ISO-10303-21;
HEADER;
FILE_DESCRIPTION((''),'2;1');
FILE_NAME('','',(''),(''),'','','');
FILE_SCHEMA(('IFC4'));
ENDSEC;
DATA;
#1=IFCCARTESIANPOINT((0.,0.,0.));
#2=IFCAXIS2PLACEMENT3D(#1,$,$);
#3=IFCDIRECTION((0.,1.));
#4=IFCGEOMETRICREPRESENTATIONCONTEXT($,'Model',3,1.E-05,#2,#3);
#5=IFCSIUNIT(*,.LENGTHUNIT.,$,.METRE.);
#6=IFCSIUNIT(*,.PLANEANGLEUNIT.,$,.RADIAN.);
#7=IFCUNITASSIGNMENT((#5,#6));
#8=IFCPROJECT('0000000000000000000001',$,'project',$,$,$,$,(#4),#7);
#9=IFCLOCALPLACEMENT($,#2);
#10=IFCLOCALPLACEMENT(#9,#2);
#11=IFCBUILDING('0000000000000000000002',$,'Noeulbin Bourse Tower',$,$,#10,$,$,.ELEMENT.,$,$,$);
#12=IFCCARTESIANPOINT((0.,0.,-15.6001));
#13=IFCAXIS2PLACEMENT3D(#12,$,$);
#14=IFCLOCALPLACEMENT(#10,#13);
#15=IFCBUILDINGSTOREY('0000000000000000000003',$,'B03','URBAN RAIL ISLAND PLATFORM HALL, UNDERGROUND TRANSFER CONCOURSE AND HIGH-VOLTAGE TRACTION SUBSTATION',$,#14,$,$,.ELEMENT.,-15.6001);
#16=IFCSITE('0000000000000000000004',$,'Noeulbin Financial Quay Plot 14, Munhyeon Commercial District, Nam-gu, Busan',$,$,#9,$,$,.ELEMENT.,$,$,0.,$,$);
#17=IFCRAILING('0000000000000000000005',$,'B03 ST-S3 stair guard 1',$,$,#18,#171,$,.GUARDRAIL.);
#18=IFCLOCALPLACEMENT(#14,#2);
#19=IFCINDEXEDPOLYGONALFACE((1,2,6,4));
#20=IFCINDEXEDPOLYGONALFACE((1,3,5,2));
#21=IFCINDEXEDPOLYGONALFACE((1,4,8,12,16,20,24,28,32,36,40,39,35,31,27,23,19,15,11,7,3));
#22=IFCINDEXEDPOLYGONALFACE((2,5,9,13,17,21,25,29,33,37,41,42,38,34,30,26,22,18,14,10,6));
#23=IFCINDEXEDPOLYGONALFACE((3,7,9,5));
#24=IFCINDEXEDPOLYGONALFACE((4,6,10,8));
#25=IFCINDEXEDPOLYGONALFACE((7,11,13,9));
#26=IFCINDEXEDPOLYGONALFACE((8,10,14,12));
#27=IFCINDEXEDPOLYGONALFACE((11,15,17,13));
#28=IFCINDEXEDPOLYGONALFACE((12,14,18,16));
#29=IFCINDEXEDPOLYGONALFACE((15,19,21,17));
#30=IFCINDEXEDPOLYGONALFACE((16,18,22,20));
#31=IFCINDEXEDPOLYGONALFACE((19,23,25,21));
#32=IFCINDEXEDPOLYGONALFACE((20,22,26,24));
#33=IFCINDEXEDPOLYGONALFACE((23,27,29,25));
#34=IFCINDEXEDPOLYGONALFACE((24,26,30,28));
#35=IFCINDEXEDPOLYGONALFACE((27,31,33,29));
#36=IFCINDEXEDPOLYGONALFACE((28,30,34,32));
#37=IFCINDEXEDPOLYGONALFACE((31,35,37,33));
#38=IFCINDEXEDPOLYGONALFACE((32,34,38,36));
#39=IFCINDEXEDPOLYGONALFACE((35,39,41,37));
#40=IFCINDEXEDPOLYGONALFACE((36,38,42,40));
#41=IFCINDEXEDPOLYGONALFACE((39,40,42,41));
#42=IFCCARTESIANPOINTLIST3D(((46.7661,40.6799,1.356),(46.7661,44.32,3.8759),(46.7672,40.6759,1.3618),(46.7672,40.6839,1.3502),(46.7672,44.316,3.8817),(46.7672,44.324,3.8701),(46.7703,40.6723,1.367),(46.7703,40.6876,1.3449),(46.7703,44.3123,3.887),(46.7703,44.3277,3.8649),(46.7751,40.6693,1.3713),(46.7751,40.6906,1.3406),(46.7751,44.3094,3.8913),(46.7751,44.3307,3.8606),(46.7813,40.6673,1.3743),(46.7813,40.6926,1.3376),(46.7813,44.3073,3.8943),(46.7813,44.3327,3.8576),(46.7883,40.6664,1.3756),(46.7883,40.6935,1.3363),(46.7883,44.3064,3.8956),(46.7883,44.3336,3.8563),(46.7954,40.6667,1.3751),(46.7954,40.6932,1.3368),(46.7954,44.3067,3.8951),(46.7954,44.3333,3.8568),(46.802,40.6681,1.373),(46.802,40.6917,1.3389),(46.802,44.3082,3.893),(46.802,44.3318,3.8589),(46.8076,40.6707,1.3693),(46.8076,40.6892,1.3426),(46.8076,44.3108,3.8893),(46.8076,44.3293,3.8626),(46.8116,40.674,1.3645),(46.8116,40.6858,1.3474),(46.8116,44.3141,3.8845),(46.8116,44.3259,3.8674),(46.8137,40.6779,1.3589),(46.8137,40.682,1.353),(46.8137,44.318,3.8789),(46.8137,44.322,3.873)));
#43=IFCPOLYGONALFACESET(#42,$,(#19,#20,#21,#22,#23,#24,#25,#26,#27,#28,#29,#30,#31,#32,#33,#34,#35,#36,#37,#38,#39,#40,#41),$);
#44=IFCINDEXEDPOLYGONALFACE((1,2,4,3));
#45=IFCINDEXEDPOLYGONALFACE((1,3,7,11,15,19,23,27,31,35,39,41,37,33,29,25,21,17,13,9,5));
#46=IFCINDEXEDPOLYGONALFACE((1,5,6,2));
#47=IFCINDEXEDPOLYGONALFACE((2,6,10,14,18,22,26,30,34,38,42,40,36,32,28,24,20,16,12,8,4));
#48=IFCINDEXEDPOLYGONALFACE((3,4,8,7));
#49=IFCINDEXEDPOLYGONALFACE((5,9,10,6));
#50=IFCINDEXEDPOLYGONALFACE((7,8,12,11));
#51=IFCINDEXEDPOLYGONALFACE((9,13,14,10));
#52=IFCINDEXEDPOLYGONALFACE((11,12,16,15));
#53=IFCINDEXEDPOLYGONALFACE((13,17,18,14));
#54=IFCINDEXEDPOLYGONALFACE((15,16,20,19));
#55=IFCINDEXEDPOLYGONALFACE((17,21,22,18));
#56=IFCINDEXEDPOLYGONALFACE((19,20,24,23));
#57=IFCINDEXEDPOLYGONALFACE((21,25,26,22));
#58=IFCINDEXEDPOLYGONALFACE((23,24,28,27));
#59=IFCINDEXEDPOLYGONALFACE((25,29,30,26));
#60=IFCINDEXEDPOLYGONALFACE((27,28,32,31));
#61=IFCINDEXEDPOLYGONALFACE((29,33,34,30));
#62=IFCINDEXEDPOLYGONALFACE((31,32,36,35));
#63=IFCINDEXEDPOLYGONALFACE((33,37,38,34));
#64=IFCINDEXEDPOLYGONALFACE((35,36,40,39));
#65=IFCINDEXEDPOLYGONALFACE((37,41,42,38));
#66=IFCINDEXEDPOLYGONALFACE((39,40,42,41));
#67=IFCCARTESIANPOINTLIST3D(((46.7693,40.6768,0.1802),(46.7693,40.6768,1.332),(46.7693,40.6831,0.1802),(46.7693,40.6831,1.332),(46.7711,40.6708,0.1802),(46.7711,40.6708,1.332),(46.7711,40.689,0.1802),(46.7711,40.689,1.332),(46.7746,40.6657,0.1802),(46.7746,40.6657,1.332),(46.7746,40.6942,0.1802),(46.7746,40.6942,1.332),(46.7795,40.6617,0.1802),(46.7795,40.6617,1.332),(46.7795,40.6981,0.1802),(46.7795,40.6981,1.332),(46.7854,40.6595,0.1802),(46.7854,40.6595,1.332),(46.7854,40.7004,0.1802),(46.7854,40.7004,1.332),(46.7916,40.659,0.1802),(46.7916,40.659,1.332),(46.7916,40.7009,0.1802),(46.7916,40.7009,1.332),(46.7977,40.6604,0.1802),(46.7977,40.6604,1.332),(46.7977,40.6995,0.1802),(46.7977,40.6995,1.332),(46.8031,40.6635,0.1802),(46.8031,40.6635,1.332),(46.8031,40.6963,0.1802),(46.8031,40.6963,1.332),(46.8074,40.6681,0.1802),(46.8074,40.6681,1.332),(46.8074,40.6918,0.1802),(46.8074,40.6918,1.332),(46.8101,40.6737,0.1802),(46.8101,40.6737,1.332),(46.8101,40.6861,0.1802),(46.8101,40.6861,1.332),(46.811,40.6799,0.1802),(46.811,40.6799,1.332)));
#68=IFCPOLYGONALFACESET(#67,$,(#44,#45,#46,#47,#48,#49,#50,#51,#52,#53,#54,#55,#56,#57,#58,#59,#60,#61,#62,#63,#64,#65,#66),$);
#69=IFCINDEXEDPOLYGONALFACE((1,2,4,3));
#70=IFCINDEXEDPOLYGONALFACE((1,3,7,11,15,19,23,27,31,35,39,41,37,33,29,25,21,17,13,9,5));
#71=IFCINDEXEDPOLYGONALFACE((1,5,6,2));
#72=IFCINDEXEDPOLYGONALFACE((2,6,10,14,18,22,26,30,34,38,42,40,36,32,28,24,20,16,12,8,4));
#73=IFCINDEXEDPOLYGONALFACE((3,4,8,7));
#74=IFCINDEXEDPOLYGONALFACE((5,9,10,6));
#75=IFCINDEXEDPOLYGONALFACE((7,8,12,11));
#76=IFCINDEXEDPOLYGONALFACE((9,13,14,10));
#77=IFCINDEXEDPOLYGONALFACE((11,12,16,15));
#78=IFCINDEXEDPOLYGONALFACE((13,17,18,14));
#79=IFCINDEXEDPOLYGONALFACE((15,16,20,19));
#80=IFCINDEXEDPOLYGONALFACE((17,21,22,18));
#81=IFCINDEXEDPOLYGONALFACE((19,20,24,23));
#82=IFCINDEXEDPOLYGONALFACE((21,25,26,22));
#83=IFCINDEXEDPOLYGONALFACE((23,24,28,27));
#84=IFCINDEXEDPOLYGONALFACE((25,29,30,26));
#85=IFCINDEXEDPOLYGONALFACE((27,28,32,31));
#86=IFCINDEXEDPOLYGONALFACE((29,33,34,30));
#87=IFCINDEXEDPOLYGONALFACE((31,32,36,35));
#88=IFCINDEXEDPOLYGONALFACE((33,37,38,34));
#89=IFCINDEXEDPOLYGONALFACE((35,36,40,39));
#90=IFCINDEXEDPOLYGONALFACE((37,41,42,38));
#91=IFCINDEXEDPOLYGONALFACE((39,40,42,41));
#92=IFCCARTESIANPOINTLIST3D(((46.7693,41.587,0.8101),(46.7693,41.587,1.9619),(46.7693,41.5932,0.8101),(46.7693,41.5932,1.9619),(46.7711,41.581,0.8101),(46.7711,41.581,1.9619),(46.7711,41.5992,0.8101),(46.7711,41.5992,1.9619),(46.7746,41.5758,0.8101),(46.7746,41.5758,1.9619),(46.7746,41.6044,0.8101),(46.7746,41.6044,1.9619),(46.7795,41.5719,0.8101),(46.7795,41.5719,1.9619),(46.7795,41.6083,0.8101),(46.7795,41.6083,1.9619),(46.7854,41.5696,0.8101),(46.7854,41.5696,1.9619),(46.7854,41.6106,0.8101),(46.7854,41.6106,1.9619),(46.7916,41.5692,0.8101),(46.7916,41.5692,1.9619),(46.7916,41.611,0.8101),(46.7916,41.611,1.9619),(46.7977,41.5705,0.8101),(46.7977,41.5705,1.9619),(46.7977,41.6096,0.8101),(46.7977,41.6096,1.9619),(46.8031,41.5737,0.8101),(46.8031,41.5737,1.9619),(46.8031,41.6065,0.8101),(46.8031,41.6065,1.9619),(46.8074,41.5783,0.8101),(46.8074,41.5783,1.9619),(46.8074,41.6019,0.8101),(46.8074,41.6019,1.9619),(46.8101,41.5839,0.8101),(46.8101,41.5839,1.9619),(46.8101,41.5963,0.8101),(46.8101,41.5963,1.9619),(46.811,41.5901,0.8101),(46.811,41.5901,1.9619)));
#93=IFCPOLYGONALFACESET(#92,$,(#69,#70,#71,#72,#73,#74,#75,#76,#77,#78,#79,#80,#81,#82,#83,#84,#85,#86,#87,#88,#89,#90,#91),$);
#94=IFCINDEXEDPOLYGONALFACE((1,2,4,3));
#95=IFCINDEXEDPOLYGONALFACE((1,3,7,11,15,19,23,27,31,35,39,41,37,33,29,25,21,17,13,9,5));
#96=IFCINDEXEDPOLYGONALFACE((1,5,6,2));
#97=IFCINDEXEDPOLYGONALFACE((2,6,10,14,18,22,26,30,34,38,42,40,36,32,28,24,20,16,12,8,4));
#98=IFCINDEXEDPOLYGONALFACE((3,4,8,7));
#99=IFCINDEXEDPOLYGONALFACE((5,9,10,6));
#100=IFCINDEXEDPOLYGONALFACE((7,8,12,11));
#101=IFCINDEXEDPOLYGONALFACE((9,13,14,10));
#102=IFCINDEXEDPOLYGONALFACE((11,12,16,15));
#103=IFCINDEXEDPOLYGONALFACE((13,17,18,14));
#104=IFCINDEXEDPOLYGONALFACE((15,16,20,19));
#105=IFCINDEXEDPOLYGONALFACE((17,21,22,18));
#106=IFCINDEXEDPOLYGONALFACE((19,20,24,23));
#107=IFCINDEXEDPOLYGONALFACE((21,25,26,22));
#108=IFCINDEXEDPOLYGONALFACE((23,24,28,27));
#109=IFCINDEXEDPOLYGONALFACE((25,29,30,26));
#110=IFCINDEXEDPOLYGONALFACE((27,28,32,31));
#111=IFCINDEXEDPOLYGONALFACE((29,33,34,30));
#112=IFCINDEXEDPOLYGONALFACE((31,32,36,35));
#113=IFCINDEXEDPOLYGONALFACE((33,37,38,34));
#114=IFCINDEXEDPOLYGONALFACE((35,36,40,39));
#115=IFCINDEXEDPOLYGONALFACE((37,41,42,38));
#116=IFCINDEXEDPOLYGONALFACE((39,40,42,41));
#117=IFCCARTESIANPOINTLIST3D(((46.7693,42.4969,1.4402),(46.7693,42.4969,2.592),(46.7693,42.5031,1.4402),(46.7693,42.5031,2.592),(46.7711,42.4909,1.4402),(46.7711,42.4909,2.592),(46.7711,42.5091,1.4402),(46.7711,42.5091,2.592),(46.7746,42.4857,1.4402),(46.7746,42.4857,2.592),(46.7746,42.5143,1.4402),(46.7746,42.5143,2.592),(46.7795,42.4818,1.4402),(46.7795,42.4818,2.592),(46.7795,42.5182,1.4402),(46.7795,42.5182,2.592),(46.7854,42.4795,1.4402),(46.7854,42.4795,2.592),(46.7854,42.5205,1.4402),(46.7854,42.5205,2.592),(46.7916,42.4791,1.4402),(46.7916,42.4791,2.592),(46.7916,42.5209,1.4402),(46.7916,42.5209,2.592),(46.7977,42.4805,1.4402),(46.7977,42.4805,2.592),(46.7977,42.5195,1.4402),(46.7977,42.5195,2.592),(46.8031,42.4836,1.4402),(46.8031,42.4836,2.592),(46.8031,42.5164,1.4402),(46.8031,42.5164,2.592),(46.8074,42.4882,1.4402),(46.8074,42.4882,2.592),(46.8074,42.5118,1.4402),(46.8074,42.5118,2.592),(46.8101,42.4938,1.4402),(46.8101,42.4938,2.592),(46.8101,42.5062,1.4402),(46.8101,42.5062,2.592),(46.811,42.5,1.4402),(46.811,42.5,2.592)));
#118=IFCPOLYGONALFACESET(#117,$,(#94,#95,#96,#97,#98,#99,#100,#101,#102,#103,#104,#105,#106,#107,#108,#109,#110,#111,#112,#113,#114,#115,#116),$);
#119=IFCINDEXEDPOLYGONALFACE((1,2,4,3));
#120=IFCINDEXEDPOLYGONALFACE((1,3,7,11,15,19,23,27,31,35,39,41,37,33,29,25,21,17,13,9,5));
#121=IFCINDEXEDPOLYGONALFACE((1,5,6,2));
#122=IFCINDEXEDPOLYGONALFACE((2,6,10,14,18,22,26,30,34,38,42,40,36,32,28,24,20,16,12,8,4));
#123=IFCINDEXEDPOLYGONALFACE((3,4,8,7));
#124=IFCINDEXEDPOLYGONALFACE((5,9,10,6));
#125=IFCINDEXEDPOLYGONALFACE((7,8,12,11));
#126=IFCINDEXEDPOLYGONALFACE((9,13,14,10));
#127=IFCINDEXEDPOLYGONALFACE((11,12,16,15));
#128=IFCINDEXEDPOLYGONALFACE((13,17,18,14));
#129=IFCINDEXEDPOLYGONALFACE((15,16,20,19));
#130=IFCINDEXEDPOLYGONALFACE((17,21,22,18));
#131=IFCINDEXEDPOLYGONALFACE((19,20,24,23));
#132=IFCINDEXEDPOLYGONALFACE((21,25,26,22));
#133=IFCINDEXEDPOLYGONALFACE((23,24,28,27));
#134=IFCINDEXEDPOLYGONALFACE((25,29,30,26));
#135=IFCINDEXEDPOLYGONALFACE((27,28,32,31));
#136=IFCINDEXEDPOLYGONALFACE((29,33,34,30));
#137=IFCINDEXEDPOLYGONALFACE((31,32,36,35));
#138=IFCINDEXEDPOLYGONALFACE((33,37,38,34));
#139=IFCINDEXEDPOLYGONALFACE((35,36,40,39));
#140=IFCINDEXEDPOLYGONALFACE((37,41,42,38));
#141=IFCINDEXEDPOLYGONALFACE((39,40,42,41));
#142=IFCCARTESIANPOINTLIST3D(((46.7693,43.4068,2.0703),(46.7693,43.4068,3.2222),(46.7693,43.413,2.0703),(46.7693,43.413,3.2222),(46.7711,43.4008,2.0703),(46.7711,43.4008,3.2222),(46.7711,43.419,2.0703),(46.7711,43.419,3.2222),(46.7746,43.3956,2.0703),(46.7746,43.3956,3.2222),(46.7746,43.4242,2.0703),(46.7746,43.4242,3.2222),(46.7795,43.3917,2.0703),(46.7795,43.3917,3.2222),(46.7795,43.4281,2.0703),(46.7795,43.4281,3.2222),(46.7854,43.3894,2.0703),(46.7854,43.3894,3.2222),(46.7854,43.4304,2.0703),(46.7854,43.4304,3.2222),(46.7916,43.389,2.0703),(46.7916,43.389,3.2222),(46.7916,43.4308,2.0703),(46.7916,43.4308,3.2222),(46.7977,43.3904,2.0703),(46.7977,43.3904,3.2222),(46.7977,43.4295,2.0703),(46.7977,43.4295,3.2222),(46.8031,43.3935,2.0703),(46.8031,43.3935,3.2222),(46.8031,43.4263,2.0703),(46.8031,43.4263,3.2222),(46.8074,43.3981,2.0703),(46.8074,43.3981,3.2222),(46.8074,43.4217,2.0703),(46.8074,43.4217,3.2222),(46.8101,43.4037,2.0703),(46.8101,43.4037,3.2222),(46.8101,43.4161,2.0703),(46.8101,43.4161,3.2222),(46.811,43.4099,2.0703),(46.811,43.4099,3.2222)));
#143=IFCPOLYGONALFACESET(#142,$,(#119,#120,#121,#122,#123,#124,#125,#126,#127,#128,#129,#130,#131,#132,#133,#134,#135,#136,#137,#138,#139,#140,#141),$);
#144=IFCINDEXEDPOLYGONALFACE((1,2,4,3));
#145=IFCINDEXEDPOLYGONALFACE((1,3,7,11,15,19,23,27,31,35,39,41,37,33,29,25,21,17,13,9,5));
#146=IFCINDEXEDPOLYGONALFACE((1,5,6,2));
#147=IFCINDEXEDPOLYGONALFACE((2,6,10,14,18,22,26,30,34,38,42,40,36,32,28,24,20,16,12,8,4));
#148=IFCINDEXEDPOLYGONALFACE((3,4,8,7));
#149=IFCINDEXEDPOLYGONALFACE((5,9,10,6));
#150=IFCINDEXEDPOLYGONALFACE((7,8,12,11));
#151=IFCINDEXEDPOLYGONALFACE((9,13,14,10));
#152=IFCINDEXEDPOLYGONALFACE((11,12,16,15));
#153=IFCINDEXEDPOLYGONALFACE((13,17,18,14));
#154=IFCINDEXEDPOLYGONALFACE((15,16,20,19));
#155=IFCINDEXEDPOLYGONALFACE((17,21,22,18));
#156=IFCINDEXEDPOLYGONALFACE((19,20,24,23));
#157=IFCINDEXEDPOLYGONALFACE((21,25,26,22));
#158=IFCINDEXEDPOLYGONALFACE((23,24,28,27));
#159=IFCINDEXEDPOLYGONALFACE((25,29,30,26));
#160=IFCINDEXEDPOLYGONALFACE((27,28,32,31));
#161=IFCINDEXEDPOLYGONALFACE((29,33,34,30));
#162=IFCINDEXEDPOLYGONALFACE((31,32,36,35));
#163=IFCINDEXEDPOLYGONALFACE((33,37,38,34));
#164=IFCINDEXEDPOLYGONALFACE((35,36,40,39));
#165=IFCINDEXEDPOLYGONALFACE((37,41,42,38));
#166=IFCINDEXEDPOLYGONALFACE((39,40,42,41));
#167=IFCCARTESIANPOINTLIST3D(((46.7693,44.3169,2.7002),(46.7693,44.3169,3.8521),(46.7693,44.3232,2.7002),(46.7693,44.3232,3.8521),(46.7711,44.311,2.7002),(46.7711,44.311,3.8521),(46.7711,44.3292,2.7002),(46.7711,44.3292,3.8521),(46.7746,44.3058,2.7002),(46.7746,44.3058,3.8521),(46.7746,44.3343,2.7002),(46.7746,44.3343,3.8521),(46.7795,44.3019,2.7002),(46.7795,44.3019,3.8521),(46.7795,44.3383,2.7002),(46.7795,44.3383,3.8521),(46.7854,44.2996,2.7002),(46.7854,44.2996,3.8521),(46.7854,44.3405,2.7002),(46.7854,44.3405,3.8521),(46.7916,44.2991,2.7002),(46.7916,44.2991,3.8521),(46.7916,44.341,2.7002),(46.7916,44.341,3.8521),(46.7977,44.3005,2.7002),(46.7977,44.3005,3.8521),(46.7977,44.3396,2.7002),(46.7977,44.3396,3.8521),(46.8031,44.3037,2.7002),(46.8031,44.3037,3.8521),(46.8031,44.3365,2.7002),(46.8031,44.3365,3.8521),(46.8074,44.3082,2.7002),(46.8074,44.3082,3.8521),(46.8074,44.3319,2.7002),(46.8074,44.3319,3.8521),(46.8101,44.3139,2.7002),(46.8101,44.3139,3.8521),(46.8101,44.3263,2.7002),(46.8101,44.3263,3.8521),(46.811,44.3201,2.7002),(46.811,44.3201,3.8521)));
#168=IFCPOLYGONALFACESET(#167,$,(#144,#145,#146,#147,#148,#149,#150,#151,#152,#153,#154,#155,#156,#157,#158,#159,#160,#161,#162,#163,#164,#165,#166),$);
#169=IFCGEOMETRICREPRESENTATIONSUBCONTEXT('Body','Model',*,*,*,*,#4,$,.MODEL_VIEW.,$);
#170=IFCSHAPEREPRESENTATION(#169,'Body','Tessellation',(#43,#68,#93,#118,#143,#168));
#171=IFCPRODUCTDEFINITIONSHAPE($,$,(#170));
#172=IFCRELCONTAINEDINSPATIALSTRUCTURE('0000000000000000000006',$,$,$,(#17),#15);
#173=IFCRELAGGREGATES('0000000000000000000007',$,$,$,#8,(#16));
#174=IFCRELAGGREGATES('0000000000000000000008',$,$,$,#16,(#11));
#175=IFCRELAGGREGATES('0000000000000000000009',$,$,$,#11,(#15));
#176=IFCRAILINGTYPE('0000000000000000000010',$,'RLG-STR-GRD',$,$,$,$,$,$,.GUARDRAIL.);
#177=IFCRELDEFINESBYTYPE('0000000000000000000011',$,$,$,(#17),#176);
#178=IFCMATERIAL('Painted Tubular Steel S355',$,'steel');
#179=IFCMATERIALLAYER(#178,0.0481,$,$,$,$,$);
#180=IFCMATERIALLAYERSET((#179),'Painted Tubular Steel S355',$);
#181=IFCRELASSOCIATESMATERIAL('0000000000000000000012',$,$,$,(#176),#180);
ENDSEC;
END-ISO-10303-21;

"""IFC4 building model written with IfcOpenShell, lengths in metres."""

from ifc_helpers import new_model, si_unit, direction, frame, origin, origin_2d, place, context, subcontext, project, spatial, circle, extrude, material, layer, layer_set, type_object, element, save


model = new_model("IFC4")

# Units and contexts
model_context = context("Model", 3, precision=1e-05, world=origin(), true_north=direction((0.0, 1.0)))
body_context = subcontext(model_context, "Body", "Model", "MODEL_VIEW")
ifc_project = project(units=[si_unit("LENGTHUNIT", "METRE"), si_unit("PLANEANGLEUNIT", "RADIAN")], contexts=[model_context])

# Site, building, storey
site_placement = place(None, origin())
site = spatial("IfcSite", under=ifc_project, at=site_placement, Name="Noeulbin Financial Quay Plot 14, Munhyeon Commercial District, Nam-gu, Busan", CompositionType="ELEMENT", RefElevation=0.0)
building_placement = place(site_placement, origin())
building = spatial("IfcBuilding", under=site, at=building_placement, Name="Noeulbin Bourse Tower", CompositionType="ELEMENT")
storey_placement = place(building_placement, frame((0.0, 0.0, -15.6001)))
storey = spatial("IfcBuildingStorey", under=building, at=storey_placement, Name="B03", Description="URBAN RAIL ISLAND PLATFORM HALL, UNDERGROUND TRANSFER CONCOURSE AND HIGH-VOLTAGE TRACTION SUBSTATION", CompositionType="ELEMENT", Elevation=-15.6001)

# Railing
ifc_material_1 = material(Name="Painted Tubular Steel S355", Category="steel")
ifc_layer_1 = layer(ifc_material_1, 0.0481)
ifc_layer_set_1 = layer_set([ifc_layer_1], Name="Painted Tubular Steel S355")
railing_type_1 = type_object("IfcRailingType", Name="RLG-STR-GRD", PredefinedType="GUARDRAIL", material=ifc_layer_set_1)
railing_1_placement = place(storey_placement, frame((46.79, 40.6799, 0.1802)))
element("IfcRailing", 1, at=railing_1_placement, inside=storey, type_object=railing_type_1, Name="B03 ST-S3 stair guard 1", PredefinedType="GUARDRAIL", context=body_context, shape_type="SweptSolid", body=[
    extrude(circle(Radius=0.0239, at=origin_2d()), frame((0.0, 0.0, 1.1758), z_axis=(0.0, 0.8222, 0.569199), x_axis=(-1.0, 0.0, 0.0)), (0.0, 0.0, 1.0), 4.4272),
    extrude(circle(Radius=0.021, at=origin_2d()), origin(), (0.0, 0.0, 1.0), 1.1519),
    extrude(circle(Radius=0.021, at=origin_2d()), frame((0.0, 0.9102, 0.6299)), (0.0, 0.0, 1.0), 1.1519),
    extrude(circle(Radius=0.021, at=origin_2d()), frame((0.0, 1.8201, 1.26)), (0.0, 0.0, 1.0), 1.1519),
    extrude(circle(Radius=0.021, at=origin_2d()), frame((0.0, 2.73, 1.8901)), (0.0, 0.0, 1.0), 1.1519),
    extrude(circle(Radius=0.021, at=origin_2d()), frame((0.0, 3.6401, 2.52)), (0.0, 0.0, 1.0), 1.1519),
])

save(model, "model.ifc")
